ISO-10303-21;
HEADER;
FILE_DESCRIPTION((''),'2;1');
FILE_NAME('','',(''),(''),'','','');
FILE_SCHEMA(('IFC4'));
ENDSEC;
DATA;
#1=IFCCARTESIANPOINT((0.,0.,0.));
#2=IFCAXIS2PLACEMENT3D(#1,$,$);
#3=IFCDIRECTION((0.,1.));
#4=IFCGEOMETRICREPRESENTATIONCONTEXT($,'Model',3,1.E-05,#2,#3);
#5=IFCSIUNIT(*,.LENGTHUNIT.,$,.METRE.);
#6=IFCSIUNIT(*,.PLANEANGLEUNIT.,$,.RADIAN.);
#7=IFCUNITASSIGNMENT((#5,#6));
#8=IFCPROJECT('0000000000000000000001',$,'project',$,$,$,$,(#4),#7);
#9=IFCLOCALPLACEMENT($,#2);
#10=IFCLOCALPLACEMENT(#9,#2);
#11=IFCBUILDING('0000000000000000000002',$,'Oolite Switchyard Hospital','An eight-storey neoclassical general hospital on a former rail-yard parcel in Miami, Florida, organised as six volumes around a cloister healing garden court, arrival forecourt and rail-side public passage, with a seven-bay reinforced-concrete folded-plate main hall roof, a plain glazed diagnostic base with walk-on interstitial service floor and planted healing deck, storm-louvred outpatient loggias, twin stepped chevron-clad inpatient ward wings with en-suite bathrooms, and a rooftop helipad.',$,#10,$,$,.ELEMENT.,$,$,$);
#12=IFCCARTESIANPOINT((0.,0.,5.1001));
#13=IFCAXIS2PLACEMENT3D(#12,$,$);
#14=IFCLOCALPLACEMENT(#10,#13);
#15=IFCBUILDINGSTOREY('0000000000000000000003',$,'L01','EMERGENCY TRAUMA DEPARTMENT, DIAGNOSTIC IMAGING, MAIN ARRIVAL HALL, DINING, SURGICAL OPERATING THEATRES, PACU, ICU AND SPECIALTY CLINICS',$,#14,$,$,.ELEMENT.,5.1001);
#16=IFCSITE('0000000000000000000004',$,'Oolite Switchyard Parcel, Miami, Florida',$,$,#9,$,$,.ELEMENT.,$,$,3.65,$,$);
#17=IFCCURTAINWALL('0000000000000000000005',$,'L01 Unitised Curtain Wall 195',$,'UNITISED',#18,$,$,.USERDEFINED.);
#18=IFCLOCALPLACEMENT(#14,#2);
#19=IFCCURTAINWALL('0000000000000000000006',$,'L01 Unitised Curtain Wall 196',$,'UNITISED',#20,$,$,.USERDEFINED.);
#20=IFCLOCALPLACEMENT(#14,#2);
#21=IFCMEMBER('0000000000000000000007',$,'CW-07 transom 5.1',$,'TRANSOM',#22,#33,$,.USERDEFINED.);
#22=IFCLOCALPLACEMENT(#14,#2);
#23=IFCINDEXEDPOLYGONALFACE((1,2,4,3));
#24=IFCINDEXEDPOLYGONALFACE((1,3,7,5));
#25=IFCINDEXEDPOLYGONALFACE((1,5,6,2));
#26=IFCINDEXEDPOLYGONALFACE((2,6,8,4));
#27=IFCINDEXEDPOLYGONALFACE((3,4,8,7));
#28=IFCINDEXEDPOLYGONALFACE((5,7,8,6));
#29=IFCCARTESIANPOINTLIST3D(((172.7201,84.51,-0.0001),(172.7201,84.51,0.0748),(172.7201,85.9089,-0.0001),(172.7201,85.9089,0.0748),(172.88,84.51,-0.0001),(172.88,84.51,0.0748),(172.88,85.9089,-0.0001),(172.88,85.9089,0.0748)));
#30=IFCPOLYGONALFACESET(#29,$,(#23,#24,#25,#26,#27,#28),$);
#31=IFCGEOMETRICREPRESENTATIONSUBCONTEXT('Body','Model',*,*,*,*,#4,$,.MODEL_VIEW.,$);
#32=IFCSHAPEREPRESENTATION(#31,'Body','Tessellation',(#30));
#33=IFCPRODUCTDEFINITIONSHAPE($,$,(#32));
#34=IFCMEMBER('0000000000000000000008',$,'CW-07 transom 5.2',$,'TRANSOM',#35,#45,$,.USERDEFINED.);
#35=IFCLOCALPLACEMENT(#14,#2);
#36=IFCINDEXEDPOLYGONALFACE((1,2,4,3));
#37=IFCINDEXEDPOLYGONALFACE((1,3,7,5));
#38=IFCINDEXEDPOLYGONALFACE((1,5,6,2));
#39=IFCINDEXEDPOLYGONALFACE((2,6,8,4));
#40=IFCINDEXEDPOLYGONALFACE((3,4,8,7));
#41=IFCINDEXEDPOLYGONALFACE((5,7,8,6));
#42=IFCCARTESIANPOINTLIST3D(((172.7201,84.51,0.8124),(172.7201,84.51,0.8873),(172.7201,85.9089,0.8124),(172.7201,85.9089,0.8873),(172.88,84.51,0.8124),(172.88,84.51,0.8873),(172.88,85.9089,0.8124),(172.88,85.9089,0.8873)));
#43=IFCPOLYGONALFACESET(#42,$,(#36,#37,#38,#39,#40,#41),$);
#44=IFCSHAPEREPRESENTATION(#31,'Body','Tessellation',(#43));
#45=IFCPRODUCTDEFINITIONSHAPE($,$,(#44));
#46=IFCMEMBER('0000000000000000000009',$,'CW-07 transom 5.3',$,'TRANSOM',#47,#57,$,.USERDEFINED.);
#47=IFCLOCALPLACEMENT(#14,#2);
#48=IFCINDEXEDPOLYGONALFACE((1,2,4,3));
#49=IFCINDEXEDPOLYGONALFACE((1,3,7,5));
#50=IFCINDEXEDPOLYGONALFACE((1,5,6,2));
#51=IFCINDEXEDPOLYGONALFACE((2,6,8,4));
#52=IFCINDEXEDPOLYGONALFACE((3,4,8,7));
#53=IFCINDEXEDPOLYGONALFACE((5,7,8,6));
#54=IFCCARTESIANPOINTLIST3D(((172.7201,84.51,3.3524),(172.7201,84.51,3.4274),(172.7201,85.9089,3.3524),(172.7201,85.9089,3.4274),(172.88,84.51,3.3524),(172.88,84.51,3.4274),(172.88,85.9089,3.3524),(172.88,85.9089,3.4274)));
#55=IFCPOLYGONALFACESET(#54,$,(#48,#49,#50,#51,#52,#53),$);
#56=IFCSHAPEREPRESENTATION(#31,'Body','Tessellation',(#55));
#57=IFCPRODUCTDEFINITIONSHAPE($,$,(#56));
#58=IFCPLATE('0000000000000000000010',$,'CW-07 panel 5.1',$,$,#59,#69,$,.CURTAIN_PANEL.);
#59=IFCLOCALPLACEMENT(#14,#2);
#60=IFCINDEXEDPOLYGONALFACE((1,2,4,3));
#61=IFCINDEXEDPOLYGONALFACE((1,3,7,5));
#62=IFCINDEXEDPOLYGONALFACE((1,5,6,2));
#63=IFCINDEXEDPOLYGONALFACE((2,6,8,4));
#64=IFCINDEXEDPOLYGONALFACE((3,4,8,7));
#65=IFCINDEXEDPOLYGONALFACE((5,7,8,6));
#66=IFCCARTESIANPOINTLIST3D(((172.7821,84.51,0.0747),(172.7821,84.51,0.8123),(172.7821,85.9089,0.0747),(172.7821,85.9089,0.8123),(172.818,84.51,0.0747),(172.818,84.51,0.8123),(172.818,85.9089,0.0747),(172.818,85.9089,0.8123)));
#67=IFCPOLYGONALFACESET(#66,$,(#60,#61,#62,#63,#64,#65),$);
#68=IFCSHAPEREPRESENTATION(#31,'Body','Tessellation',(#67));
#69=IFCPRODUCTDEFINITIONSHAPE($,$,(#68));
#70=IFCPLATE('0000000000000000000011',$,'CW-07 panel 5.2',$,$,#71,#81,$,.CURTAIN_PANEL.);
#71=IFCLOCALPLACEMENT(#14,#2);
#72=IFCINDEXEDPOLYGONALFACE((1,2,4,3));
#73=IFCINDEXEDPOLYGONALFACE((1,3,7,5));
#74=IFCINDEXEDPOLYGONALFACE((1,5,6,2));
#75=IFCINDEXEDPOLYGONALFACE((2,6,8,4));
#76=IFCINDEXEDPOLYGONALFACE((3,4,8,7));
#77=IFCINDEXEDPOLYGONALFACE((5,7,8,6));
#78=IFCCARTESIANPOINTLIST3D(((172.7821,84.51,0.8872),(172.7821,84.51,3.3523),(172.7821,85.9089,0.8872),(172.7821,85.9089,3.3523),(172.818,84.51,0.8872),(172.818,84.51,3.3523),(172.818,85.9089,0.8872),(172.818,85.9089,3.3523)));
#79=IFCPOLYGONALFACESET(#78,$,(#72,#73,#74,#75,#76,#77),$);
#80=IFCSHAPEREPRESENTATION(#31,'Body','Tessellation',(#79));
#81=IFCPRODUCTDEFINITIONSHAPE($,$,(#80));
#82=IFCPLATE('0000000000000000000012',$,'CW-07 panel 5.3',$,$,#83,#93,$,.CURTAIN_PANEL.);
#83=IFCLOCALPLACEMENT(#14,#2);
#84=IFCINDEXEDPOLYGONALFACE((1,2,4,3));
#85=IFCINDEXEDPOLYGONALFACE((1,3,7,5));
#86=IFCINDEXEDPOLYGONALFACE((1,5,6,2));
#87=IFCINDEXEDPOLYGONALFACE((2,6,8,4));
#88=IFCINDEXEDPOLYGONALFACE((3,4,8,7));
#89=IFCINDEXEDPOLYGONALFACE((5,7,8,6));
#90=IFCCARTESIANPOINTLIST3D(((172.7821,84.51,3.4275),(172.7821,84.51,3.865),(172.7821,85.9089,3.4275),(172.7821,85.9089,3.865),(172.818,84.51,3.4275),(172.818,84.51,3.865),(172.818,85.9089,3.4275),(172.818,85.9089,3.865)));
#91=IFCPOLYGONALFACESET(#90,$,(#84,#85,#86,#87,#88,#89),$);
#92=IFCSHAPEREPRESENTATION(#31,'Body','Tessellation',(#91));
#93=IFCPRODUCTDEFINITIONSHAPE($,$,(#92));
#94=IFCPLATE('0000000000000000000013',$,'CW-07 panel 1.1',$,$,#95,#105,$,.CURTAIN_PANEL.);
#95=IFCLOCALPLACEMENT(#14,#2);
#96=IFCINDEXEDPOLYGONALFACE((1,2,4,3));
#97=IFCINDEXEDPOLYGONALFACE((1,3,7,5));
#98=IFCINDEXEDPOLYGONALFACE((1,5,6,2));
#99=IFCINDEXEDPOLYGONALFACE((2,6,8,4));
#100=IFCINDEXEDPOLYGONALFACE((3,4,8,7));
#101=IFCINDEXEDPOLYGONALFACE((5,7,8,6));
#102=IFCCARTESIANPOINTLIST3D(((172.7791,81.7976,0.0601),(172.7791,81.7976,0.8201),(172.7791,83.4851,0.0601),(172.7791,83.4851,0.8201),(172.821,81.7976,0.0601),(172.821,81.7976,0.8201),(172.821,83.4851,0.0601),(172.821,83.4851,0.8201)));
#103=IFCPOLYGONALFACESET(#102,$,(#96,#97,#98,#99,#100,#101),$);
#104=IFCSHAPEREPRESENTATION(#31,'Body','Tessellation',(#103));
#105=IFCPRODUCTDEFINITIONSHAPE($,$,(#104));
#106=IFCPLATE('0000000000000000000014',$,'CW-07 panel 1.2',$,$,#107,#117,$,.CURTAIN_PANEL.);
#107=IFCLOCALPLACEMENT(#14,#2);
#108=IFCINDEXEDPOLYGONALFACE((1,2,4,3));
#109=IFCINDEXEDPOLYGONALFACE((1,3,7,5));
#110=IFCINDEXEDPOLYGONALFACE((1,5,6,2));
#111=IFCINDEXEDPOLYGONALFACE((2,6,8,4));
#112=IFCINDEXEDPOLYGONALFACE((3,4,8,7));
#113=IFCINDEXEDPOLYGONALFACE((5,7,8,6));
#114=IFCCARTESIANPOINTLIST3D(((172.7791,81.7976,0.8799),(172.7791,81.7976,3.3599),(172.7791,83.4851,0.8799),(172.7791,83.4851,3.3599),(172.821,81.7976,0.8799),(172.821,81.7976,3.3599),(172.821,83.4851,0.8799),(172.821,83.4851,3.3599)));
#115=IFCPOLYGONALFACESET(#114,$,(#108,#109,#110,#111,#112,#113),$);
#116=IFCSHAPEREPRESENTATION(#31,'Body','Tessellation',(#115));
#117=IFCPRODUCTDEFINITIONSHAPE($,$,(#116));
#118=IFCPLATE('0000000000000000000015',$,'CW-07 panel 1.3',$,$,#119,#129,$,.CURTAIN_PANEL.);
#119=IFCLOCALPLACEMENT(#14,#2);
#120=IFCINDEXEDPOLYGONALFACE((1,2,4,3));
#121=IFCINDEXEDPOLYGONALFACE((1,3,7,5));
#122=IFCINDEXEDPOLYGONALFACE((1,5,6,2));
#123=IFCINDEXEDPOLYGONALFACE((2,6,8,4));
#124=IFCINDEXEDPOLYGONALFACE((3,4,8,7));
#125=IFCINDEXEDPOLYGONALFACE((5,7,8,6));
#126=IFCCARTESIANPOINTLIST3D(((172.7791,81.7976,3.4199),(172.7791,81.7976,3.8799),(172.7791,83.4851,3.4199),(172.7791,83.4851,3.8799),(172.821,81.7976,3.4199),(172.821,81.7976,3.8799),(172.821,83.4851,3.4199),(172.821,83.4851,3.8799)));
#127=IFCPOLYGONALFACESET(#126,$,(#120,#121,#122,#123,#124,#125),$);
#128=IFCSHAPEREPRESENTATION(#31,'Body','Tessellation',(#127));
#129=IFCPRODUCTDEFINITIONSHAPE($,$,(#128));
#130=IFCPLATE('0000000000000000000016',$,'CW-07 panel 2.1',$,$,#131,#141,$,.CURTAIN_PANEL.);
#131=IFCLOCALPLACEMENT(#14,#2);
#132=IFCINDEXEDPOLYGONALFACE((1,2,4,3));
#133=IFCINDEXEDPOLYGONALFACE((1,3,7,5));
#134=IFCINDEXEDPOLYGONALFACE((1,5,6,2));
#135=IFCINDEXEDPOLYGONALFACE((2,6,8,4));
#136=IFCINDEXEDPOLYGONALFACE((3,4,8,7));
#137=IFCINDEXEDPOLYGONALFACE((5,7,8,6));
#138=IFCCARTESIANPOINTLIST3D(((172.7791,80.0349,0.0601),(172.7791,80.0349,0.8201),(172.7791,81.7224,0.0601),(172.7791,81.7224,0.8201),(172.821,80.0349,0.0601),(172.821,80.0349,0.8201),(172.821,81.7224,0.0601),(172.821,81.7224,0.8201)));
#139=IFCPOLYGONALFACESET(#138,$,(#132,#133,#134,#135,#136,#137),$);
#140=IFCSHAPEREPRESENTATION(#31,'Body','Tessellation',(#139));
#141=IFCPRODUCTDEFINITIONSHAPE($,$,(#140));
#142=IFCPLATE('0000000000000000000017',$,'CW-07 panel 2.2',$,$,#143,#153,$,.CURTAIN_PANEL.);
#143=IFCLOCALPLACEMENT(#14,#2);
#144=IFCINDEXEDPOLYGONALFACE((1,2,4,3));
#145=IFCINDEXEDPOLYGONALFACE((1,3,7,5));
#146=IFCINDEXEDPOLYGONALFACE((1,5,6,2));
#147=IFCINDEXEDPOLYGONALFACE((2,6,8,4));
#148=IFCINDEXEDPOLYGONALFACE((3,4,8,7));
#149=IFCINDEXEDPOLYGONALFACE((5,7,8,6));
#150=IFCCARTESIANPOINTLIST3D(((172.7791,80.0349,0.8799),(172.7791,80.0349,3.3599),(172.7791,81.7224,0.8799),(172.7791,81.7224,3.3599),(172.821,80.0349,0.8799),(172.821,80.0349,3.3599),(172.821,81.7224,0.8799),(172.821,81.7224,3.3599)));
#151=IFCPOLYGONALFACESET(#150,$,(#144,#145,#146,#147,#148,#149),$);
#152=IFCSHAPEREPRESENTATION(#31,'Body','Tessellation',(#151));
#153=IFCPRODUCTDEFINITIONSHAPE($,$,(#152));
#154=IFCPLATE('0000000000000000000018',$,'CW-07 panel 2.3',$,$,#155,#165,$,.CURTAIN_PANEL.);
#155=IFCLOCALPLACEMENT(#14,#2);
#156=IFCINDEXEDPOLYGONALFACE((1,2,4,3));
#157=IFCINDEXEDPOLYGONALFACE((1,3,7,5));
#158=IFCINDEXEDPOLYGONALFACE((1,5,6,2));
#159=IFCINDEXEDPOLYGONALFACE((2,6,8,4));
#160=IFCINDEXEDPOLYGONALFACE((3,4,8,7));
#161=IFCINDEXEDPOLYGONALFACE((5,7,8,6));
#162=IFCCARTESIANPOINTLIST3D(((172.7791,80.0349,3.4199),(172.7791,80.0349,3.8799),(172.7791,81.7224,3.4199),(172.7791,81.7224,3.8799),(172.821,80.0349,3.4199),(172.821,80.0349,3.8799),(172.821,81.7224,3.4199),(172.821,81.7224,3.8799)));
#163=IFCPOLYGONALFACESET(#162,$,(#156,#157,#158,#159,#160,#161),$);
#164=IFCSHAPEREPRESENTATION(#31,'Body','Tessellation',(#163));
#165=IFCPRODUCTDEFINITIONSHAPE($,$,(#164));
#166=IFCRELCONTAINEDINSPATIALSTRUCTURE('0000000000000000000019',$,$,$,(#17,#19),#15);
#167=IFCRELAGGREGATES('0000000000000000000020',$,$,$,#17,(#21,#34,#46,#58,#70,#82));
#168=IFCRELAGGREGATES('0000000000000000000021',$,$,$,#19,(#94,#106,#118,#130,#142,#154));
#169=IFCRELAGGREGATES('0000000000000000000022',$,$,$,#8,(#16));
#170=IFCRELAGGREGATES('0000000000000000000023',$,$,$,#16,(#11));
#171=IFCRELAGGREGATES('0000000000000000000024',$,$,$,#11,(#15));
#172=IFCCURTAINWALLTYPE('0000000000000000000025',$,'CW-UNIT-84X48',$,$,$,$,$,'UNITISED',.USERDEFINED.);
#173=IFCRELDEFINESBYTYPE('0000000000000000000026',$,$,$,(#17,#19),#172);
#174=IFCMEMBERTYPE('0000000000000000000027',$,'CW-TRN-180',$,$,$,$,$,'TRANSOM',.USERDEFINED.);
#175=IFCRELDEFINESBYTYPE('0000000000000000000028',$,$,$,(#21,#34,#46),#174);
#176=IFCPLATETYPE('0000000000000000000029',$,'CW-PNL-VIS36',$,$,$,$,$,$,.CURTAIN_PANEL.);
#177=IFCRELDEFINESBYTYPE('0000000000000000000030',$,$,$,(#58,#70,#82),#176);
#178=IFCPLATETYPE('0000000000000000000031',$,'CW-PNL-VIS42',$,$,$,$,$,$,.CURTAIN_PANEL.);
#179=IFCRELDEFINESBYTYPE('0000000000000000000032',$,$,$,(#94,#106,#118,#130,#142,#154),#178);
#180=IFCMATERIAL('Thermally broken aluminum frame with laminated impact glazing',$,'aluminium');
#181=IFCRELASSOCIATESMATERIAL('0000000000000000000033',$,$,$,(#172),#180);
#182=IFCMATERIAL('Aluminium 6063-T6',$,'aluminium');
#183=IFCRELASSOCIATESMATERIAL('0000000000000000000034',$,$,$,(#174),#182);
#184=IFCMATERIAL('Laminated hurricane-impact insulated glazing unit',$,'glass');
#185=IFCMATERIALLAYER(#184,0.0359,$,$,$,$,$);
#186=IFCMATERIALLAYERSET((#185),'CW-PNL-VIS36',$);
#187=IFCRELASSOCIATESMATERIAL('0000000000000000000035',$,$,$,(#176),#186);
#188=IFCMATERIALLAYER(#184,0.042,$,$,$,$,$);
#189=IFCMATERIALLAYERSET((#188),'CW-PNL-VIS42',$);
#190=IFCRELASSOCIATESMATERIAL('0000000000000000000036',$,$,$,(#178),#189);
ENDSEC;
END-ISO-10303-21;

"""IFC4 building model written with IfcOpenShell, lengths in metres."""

from ifc_helpers import new_model, si_unit, direction, frame, origin, origin_2d, place, context, subcontext, project, spatial, rectangle, extrude, material, layer, layer_set, material_profile, profile_set, type_object, element, aggregate, save


model = new_model("IFC4")

# Units and contexts
model_context = context("Model", 3, precision=1e-05, world=origin(), true_north=direction((0.0, 1.0)))
body_context = subcontext(model_context, "Body", "Model", "MODEL_VIEW")
ifc_project = project(units=[si_unit("LENGTHUNIT", "METRE"), si_unit("PLANEANGLEUNIT", "RADIAN")], contexts=[model_context])

# Site, building, storey
site_placement = place(None, origin())
site = spatial("IfcSite", under=ifc_project, at=site_placement, Name="Oolite Switchyard Parcel, Miami, Florida", CompositionType="ELEMENT", RefElevation=3.65)
building_placement = place(site_placement, origin())
building = spatial("IfcBuilding", under=site, at=building_placement, Name="Oolite Switchyard Hospital", Description="An eight-storey neoclassical general hospital on a former rail-yard parcel in Miami, Florida, organised as six volumes around a cloister healing garden court, arrival forecourt and rail-side public passage, with a seven-bay reinforced-concrete folded-plate main hall roof, a plain glazed diagnostic base with walk-on interstitial service floor and planted healing deck, storm-louvred outpatient loggias, twin stepped chevron-clad inpatient ward wings with en-suite bathrooms, and a rooftop helipad.", CompositionType="ELEMENT")
storey_placement = place(building_placement, frame((0.0, 0.0, 5.1001)))
storey = spatial("IfcBuildingStorey", under=building, at=storey_placement, Name="L01", Description="EMERGENCY TRAUMA DEPARTMENT, DIAGNOSTIC IMAGING, MAIN ARRIVAL HALL, DINING, SURGICAL OPERATING THEATRES, PACU, ICU AND SPECIALTY CLINICS", CompositionType="ELEMENT", Elevation=5.1001)

# Curtain wall
ifc_material_1 = material(Name="Thermally broken aluminum frame with laminated impact glazing", Category="aluminium")
curtain_wall_type = type_object("IfcCurtainWallType", Name="CW-UNIT-84X48", ElementType="UNITISED", PredefinedType="USERDEFINED", material=ifc_material_1)
curtain_wall_1_placement = place(storey_placement, origin())
curtain_wall_1 = element("IfcCurtainWall", 1, at=curtain_wall_1_placement, inside=storey, type_object=curtain_wall_type, Name="L01 Unitised Curtain Wall 195", ObjectType="UNITISED", PredefinedType="USERDEFINED")
ifc_material_2 = material(Name="Aluminium 6063-T6", Category="aluminium")

# Curtain wall
curtain_wall_2_placement = place(storey_placement, origin())
curtain_wall_2 = element("IfcCurtainWall", 2, at=curtain_wall_2_placement, inside=storey, type_object=curtain_wall_type, Name="L01 Unitised Curtain Wall 196", ObjectType="UNITISED", PredefinedType="USERDEFINED")

# Members
ifc_material_profile_1 = material_profile(ifc_material_2, rectangle(XDim=0.1599, YDim=0.075, at=origin_2d()), Name="CWT75X160")
ifc_profile_set_1 = profile_set([ifc_material_profile_1], Name="Aluminium 6063-T6")
member_type_1 = type_object("IfcMemberType", Name="CW-TRN-180", ElementType="TRANSOM", PredefinedType="USERDEFINED", material=ifc_profile_set_1)
member_1_placement = place(storey_placement, frame((172.8, 85.9089, 0.0374), z_axis=(0.0, -1.0, 0.0), x_axis=(1.0, 0.0, 0.0)))
member_1 = element("IfcMember", 3, at=member_1_placement, type_object=member_type_1, Name="CW-07 transom 5.1", ObjectType="TRANSOM", PredefinedType="USERDEFINED", context=body_context, shape_type="SweptSolid", body=[
    extrude(rectangle(XDim=0.1599, YDim=0.075, at=origin_2d()), origin(), (0.0, 0.0, 1.0), 1.3989),
])
member_2_placement = place(storey_placement, frame((172.8, 85.9089, 0.8499), z_axis=(0.0, -1.0, 0.0), x_axis=(1.0, 0.0, 0.0)))
member_2 = element("IfcMember", 4, at=member_2_placement, type_object=member_type_1, Name="CW-07 transom 5.2", ObjectType="TRANSOM", PredefinedType="USERDEFINED", context=body_context, shape_type="SweptSolid", body=[
    extrude(rectangle(XDim=0.1599, YDim=0.075, at=origin_2d()), origin(), (0.0, 0.0, 1.0), 1.3989),
])
member_3_placement = place(storey_placement, frame((172.8, 85.9089, 3.3899), z_axis=(0.0, -1.0, 0.0), x_axis=(1.0, 0.0, 0.0)))
member_3 = element("IfcMember", 5, at=member_3_placement, type_object=member_type_1, Name="CW-07 transom 5.3", ObjectType="TRANSOM", PredefinedType="USERDEFINED", context=body_context, shape_type="SweptSolid", body=[
    extrude(rectangle(XDim=0.1599, YDim=0.075, at=origin_2d()), origin(), (0.0, 0.0, 1.0), 1.3989),
])

# Plates
ifc_material_3 = material(Name="Laminated hurricane-impact insulated glazing unit", Category="glass")
ifc_layer_1 = layer(ifc_material_3, 0.0359)
ifc_layer_set_1 = layer_set([ifc_layer_1], Name="CW-PNL-VIS36")
plate_type_1 = type_object("IfcPlateType", Name="CW-PNL-VIS36", PredefinedType="CURTAIN_PANEL", material=ifc_layer_set_1)
plate_1_placement = place(storey_placement, frame((172.8, 85.2095, 0.0747), z_axis=(0.0, 0.0, 1.0), x_axis=(0.0, -1.0, 0.0)))
plate_1 = element("IfcPlate", 6, at=plate_1_placement, type_object=plate_type_1, Name="CW-07 panel 5.1", PredefinedType="CURTAIN_PANEL", context=body_context, shape_type="SweptSolid", body=[
    extrude(rectangle(XDim=1.3989, YDim=0.0359, at=origin_2d()), origin(), (0.0, 0.0, 1.0), 0.7375),
])
plate_2_placement = place(storey_placement, frame((172.8, 85.2095, 0.8872), z_axis=(0.0, 0.0, 1.0), x_axis=(0.0, -1.0, 0.0)))
plate_2 = element("IfcPlate", 7, at=plate_2_placement, type_object=plate_type_1, Name="CW-07 panel 5.2", PredefinedType="CURTAIN_PANEL", context=body_context, shape_type="SweptSolid", body=[
    extrude(rectangle(XDim=1.3989, YDim=0.0359, at=origin_2d()), origin(), (0.0, 0.0, 1.0), 2.4651),
])
plate_3_placement = place(storey_placement, frame((172.8, 85.2095, 3.4275), z_axis=(0.0, 0.0, 1.0), x_axis=(0.0, -1.0, 0.0)))
plate_3 = element("IfcPlate", 8, at=plate_3_placement, type_object=plate_type_1, Name="CW-07 panel 5.3", PredefinedType="CURTAIN_PANEL", context=body_context, shape_type="SweptSolid", body=[
    extrude(rectangle(XDim=1.3989, YDim=0.0359, at=origin_2d()), origin(), (0.0, 0.0, 1.0), 0.4375),
])
aggregate(curtain_wall_1, [member_1, member_2, member_3, plate_1, plate_2, plate_3])
ifc_layer_2 = layer(ifc_material_3, 0.042)
ifc_layer_set_2 = layer_set([ifc_layer_2], Name="CW-PNL-VIS42")
plate_type_2 = type_object("IfcPlateType", Name="CW-PNL-VIS42", PredefinedType="CURTAIN_PANEL", material=ifc_layer_set_2)
plate_4_placement = place(storey_placement, frame((172.8, 82.6414, 0.0601), z_axis=(0.0, 0.0, 1.0), x_axis=(0.0, -1.0, 0.0)))
plate_4 = element("IfcPlate", 9, at=plate_4_placement, type_object=plate_type_2, Name="CW-07 panel 1.1", PredefinedType="CURTAIN_PANEL", context=body_context, shape_type="SweptSolid", body=[
    extrude(rectangle(XDim=1.6875, YDim=0.042, at=origin_2d()), origin(), (0.0, 0.0, 1.0), 0.76),
])
plate_5_placement = place(storey_placement, frame((172.8, 82.6414, 0.8799), z_axis=(0.0, 0.0, 1.0), x_axis=(0.0, -1.0, 0.0)))
plate_5 = element("IfcPlate", 10, at=plate_5_placement, type_object=plate_type_2, Name="CW-07 panel 1.2", PredefinedType="CURTAIN_PANEL", context=body_context, shape_type="SweptSolid", body=[
    extrude(rectangle(XDim=1.6875, YDim=0.042, at=origin_2d()), origin(), (0.0, 0.0, 1.0), 2.48),
])
plate_6_placement = place(storey_placement, frame((172.8, 82.6414, 3.4199), z_axis=(0.0, 0.0, 1.0), x_axis=(0.0, -1.0, 0.0)))
plate_6 = element("IfcPlate", 11, at=plate_6_placement, type_object=plate_type_2, Name="CW-07 panel 1.3", PredefinedType="CURTAIN_PANEL", context=body_context, shape_type="SweptSolid", body=[
    extrude(rectangle(XDim=1.6875, YDim=0.042, at=origin_2d()), origin(), (0.0, 0.0, 1.0), 0.46),
])
plate_7_placement = place(storey_placement, frame((172.8, 80.8787, 0.0601), z_axis=(0.0, 0.0, 1.0), x_axis=(0.0, -1.0, 0.0)))
plate_7 = element("IfcPlate", 12, at=plate_7_placement, type_object=plate_type_2, Name="CW-07 panel 2.1", PredefinedType="CURTAIN_PANEL", context=body_context, shape_type="SweptSolid", body=[
    extrude(rectangle(XDim=1.6875, YDim=0.042, at=origin_2d()), origin(), (0.0, 0.0, 1.0), 0.76),
])
plate_8_placement = place(storey_placement, frame((172.8, 80.8787, 0.8799), z_axis=(0.0, 0.0, 1.0), x_axis=(0.0, -1.0, 0.0)))
plate_8 = element("IfcPlate", 13, at=plate_8_placement, type_object=plate_type_2, Name="CW-07 panel 2.2", PredefinedType="CURTAIN_PANEL", context=body_context, shape_type="SweptSolid", body=[
    extrude(rectangle(XDim=1.6875, YDim=0.042, at=origin_2d()), origin(), (0.0, 0.0, 1.0), 2.48),
])
plate_9_placement = place(storey_placement, frame((172.8, 80.8787, 3.4199), z_axis=(0.0, 0.0, 1.0), x_axis=(0.0, -1.0, 0.0)))
plate_9 = element("IfcPlate", 14, at=plate_9_placement, type_object=plate_type_2, Name="CW-07 panel 2.3", PredefinedType="CURTAIN_PANEL", context=body_context, shape_type="SweptSolid", body=[
    extrude(rectangle(XDim=1.6875, YDim=0.042, at=origin_2d()), origin(), (0.0, 0.0, 1.0), 0.46),
])
aggregate(curtain_wall_2, [plate_4, plate_5, plate_6, plate_7, plate_8, plate_9])

save(model, "model.ifc")
